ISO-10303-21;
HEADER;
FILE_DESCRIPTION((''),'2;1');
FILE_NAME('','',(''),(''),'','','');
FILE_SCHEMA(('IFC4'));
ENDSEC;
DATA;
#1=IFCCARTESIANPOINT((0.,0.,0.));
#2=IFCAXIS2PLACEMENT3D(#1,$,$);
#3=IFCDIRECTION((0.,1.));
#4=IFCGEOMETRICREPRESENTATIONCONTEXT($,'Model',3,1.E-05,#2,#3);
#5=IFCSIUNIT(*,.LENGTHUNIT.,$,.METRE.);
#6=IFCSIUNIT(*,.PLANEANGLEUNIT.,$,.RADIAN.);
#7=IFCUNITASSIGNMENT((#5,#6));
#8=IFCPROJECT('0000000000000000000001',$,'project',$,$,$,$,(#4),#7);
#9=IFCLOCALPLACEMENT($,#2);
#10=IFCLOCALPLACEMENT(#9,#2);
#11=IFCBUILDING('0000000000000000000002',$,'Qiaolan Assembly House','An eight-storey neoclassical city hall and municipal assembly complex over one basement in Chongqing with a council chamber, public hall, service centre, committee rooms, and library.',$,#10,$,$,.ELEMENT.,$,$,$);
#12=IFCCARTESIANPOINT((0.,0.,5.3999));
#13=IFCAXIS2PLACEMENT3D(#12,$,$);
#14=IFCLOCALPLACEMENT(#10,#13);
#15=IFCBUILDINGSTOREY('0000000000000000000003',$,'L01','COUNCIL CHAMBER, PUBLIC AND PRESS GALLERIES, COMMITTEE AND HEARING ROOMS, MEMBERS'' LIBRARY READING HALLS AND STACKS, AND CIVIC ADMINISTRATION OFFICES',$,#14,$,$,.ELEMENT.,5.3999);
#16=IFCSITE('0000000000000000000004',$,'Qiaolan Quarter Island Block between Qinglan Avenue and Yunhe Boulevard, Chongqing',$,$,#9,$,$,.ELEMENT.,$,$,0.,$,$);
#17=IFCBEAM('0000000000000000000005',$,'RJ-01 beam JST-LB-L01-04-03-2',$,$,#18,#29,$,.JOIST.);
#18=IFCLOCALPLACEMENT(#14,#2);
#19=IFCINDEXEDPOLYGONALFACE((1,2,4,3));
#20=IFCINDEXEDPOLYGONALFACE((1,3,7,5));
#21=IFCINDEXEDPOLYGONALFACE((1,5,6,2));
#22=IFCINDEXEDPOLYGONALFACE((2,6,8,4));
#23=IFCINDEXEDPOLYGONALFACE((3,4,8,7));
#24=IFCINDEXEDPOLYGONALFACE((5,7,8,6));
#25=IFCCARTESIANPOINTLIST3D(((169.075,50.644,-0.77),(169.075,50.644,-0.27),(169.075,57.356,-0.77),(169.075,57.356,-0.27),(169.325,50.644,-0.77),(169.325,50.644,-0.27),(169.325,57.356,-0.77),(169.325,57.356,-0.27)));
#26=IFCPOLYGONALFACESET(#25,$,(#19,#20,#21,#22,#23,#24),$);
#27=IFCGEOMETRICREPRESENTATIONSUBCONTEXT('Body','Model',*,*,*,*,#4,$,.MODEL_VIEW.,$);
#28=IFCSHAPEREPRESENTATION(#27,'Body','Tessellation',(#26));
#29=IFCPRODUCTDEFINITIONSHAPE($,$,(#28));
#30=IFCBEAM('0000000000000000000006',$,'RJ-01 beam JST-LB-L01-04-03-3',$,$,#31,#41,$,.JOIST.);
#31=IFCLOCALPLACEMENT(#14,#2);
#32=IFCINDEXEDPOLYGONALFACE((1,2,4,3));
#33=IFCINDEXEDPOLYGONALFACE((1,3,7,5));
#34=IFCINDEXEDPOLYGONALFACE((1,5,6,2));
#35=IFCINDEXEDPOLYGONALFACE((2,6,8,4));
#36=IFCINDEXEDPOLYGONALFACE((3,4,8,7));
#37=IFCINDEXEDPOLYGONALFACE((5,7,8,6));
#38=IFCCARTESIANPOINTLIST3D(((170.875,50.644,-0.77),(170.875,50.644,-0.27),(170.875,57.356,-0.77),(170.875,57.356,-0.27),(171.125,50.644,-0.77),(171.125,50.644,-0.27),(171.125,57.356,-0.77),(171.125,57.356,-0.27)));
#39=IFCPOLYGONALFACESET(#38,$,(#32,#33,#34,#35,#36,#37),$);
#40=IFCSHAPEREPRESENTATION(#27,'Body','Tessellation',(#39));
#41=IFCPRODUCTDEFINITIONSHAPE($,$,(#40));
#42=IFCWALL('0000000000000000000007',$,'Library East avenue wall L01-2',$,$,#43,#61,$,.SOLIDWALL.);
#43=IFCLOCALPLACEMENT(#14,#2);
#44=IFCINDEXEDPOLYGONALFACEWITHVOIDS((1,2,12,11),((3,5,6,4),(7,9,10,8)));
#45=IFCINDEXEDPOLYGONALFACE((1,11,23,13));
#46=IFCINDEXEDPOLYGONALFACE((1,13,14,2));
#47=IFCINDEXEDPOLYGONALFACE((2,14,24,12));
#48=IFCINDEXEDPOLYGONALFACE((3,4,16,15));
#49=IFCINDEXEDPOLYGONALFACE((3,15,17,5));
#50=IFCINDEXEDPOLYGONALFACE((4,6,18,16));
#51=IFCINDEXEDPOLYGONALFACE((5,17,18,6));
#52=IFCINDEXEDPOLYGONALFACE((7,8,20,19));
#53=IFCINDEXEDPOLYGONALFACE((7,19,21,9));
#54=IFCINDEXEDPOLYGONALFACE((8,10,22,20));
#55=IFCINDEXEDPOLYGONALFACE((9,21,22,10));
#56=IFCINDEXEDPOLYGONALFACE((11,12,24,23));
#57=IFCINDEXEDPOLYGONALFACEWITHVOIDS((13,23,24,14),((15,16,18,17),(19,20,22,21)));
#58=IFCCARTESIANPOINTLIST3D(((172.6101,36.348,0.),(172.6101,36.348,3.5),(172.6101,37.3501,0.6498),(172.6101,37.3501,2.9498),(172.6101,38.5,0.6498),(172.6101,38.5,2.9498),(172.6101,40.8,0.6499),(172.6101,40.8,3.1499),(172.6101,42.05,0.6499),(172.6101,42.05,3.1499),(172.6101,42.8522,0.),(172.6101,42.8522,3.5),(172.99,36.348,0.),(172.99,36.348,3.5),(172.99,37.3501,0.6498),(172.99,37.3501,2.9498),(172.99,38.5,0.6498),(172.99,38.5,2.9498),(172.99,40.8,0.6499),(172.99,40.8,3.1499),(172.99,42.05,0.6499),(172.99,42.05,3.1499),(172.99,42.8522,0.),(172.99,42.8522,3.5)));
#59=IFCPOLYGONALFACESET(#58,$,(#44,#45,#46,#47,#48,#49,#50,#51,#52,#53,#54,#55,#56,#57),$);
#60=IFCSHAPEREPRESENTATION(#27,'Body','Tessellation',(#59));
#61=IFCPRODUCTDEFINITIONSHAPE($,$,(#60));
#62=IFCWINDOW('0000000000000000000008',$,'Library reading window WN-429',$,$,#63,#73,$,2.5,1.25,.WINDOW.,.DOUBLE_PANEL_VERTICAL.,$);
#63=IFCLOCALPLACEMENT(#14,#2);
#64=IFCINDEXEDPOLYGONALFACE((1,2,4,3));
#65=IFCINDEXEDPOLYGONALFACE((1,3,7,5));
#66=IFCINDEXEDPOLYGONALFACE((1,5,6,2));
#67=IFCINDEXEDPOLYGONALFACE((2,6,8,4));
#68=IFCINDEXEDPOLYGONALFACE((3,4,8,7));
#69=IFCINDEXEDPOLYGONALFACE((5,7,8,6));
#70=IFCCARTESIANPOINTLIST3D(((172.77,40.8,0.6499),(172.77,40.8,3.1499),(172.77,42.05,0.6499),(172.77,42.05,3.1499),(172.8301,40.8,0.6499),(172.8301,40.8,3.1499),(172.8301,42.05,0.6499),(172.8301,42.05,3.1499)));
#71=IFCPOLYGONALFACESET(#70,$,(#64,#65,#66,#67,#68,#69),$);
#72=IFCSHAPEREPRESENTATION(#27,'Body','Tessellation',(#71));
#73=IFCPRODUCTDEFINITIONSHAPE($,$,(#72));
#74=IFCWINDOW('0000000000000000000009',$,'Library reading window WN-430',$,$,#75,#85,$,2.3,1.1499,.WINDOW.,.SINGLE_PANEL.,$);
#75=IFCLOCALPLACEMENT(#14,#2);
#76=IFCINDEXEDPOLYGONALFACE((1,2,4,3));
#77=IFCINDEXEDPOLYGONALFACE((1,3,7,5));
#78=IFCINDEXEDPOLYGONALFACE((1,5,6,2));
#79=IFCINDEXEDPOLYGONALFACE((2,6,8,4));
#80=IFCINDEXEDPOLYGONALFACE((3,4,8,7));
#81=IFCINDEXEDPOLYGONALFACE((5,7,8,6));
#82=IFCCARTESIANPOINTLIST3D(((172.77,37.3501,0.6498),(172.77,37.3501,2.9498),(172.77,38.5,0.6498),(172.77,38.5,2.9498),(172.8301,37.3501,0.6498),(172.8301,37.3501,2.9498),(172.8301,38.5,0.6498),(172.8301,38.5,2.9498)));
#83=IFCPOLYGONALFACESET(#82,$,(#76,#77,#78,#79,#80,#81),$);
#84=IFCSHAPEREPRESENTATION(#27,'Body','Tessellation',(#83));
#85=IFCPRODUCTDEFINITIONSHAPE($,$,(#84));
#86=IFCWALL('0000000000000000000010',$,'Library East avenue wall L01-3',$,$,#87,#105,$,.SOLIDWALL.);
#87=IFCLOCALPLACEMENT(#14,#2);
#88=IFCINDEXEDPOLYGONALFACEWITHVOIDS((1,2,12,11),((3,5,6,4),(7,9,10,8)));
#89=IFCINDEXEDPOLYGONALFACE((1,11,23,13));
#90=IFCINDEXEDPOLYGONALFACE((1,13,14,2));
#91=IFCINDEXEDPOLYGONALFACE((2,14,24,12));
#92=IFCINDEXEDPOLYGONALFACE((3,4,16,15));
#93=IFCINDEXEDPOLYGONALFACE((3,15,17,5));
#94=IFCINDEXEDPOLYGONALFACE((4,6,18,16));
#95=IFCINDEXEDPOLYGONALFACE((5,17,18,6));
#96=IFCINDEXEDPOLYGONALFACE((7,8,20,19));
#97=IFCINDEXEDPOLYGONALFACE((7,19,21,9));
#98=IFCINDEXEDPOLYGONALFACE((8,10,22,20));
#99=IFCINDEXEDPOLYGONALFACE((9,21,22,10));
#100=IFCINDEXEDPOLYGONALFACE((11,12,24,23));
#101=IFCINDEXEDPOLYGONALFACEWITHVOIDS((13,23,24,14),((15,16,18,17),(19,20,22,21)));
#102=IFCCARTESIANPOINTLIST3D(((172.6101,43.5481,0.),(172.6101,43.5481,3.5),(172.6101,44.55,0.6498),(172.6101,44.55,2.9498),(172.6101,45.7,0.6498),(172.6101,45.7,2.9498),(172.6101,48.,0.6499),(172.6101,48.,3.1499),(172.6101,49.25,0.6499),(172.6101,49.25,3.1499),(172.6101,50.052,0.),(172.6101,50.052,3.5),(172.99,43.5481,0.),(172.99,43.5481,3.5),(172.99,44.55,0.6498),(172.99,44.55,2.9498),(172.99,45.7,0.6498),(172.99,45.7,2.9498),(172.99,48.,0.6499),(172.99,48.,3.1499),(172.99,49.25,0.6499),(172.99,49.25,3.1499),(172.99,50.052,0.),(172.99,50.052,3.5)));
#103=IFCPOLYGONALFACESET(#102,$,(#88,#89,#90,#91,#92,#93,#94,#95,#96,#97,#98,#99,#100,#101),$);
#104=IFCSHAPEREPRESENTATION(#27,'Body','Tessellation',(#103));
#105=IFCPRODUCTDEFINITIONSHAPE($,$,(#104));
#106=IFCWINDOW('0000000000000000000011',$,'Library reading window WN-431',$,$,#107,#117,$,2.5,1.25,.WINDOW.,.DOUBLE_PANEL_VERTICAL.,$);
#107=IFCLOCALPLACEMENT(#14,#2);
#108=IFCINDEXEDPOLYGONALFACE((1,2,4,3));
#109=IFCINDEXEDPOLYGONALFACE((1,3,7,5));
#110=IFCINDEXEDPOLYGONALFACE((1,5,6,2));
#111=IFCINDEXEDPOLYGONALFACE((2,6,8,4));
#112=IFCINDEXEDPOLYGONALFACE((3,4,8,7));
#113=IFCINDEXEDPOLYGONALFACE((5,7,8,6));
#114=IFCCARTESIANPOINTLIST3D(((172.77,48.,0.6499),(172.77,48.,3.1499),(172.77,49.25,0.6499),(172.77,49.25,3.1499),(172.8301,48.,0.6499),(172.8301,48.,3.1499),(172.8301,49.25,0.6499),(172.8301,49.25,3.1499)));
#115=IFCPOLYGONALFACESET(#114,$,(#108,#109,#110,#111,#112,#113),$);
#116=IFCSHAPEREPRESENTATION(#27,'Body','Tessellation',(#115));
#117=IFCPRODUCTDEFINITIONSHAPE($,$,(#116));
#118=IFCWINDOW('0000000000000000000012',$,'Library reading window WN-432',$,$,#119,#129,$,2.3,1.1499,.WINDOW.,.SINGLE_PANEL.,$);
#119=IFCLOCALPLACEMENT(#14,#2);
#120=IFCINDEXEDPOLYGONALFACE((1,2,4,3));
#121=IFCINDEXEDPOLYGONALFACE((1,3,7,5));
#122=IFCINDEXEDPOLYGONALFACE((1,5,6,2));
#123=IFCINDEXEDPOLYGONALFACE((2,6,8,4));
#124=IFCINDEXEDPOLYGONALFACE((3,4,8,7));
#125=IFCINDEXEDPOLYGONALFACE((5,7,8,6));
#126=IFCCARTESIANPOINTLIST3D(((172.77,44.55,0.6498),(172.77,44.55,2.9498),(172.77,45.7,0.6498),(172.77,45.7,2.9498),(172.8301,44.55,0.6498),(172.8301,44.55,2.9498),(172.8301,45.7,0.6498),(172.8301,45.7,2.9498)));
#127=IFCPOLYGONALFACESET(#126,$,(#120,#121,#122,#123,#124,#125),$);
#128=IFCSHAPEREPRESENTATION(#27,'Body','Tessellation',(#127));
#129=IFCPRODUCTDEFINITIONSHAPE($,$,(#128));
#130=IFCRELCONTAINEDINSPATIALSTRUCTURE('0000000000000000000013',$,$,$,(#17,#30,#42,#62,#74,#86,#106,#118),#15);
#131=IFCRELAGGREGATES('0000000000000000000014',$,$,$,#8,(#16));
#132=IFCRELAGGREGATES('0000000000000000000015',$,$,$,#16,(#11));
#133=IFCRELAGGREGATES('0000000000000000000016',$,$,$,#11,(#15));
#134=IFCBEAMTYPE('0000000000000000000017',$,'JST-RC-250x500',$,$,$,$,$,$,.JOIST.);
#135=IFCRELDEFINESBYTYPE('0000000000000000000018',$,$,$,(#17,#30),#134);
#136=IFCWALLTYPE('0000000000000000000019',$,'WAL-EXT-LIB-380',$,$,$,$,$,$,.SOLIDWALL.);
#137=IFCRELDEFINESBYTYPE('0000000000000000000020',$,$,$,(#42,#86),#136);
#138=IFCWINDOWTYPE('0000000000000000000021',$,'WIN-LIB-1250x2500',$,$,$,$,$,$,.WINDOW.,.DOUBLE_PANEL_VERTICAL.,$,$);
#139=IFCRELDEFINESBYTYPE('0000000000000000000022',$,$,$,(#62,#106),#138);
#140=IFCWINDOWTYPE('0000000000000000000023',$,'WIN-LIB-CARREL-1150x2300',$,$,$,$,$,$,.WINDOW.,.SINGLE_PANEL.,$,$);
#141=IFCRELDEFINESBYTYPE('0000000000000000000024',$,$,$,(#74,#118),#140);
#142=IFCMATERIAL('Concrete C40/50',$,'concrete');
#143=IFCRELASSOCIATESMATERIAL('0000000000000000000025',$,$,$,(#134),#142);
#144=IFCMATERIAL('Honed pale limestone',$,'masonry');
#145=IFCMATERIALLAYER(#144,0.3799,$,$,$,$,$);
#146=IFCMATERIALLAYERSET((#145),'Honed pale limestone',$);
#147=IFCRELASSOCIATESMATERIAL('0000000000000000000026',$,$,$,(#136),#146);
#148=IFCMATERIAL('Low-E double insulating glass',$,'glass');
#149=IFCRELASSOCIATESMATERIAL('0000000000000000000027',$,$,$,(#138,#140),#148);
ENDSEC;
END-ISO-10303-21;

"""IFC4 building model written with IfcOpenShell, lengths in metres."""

from ifc_helpers import new_model, si_unit, direction, frame, frame_2d, origin, origin_2d, place, context, subcontext, project, spatial, rectangle, extrude, material, layer, layer_set, material_profile, profile_set, type_object, element, fill, save


model = new_model("IFC4")

# Units and contexts
model_context = context("Model", 3, precision=1e-05, world=origin(), true_north=direction((0.0, 1.0)))
body_context = subcontext(model_context, "Body", "Model", "MODEL_VIEW")
ifc_project = project(units=[si_unit("LENGTHUNIT", "METRE"), si_unit("PLANEANGLEUNIT", "RADIAN")], contexts=[model_context])

# Site, building, storey
site_placement = place(None, origin())
site = spatial("IfcSite", under=ifc_project, at=site_placement, Name="Qiaolan Quarter Island Block between Qinglan Avenue and Yunhe Boulevard, Chongqing", CompositionType="ELEMENT", RefElevation=0.0)
building_placement = place(site_placement, origin())
building = spatial("IfcBuilding", under=site, at=building_placement, Name="Qiaolan Assembly House", Description="An eight-storey neoclassical city hall and municipal assembly complex over one basement in Chongqing with a council chamber, public hall, service centre, committee rooms, and library.", CompositionType="ELEMENT")
storey_placement = place(building_placement, frame((0.0, 0.0, 5.3999)))
storey = spatial("IfcBuildingStorey", under=building, at=storey_placement, Name="L01", Description="COUNCIL CHAMBER, PUBLIC AND PRESS GALLERIES, COMMITTEE AND HEARING ROOMS, MEMBERS' LIBRARY READING HALLS AND STACKS, AND CIVIC ADMINISTRATION OFFICES", CompositionType="ELEMENT", Elevation=5.3999)

# Shared definitions
ifc_material_1 = material(Name="Concrete C40/50", Category="concrete")

# Beams
ifc_material_profile_1 = material_profile(ifc_material_1, rectangle(XDim=0.25, YDim=0.5, at=origin_2d()), Name="RCB 250x500")
ifc_profile_set_1 = profile_set([ifc_material_profile_1], Name="Concrete C40/50")
beam_type_1 = type_object("IfcBeamType", Name="JST-RC-250x500", PredefinedType="JOIST", material=ifc_profile_set_1)
for number, where, z_axis, x_axis, name in (
    (1, (169.2, 50.644, -0.52), (0.0, 1.0, 0.0), (-1.0, 0.0, 0.0), "RJ-01 beam JST-LB-L01-04-03-2"),
    (2, (171.0, 50.644, -0.52), (0.0, 1.0, 0.0), (-1.0, 0.0, 0.0), "RJ-01 beam JST-LB-L01-04-03-3"),
):
    element("IfcBeam", number, at=place(storey_placement, frame(where, z_axis=z_axis, x_axis=x_axis)), inside=storey, type_object=beam_type_1, Name=name, PredefinedType="JOIST", context=body_context, shape_type="SweptSolid", body=[
        extrude(rectangle(XDim=0.25, YDim=0.5, at=origin_2d()), origin(), (0.0, 0.0, 1.0), 6.7119),
    ])

# Walls, openings, windows
ifc_material_2 = material(Name="Honed pale limestone", Category="masonry")
ifc_layer = layer(ifc_material_2, 0.3799)
ifc_layer_set = layer_set([ifc_layer], Name="Honed pale limestone")
wall_type = type_object("IfcWallType", Name="WAL-EXT-LIB-380", PredefinedType="SOLIDWALL", material=ifc_layer_set)
wall_1_placement = place(storey_placement, frame((172.8, 42.8521, 0.0), z_axis=(0.0, 0.0, 1.0), x_axis=(0.0, -1.0, 0.0)))
wall_1 = element("IfcWall", 3, at=wall_1_placement, inside=storey, type_object=wall_type, Name="Library East avenue wall L01-2", PredefinedType="SOLIDWALL", context=body_context, shape_type="SweptSolid", body=[
    extrude(rectangle(XDim=6.5042, YDim=0.3799, at=frame_2d((3.252, 0.0))), origin(), (0.0, 0.0, 1.0), 3.5),
])
opening_1_placement = place(wall_1_placement, frame((0.802, 0.0, 0.6499)))
opening_1 = element("IfcOpeningElement", 4, at=opening_1_placement, cuts=wall_1, PredefinedType="OPENING", context=body_context, shape_type="SweptSolid", body=[
    extrude(rectangle(XDim=1.25, YDim=2.5, at=frame_2d((0.625, 1.25))), frame((0.0, 0.2, 0.0), z_axis=(0.0, -1.0, 0.0), x_axis=(1.0, 0.0, 0.0)), (0.0, 0.0, 1.0), 0.3999),
])
opening_2_placement = place(wall_1_placement, frame((4.3521, 0.0, 0.6499)))
opening_2 = element("IfcOpeningElement", 5, at=opening_2_placement, cuts=wall_1, PredefinedType="OPENING", context=body_context, shape_type="SweptSolid", body=[
    extrude(rectangle(XDim=1.1499, YDim=2.3, at=frame_2d((0.575, 1.1499))), frame((0.0, 0.2, 0.0), z_axis=(0.0, -1.0, 0.0), x_axis=(1.0, 0.0, 0.0)), (0.0, 0.0, 1.0), 0.3999),
])
ifc_material_3 = material(Name="Low-E double insulating glass", Category="glass")
window_type_1 = type_object("IfcWindowType", Name="WIN-LIB-1250x2500", PartitioningType="DOUBLE_PANEL_VERTICAL", PredefinedType="WINDOW", material=ifc_material_3)
window_1_placement = place(opening_1_placement, origin())
window_1 = element("IfcWindow", 6, at=window_1_placement, inside=storey, type_object=window_type_1, Name="Library reading window WN-429", OverallHeight=2.5, OverallWidth=1.25, PartitioningType="DOUBLE_PANEL_VERTICAL", PredefinedType="WINDOW", context=body_context, shape_type="SweptSolid", body=[
    extrude(rectangle(XDim=1.25, YDim=2.5, at=frame_2d((0.625, 1.25))), frame((0.0, 0.03, 0.0), z_axis=(0.0, -1.0, 0.0), x_axis=(1.0, 0.0, 0.0)), (0.0, 0.0, 1.0), 0.0601),
])
fill(opening_1, window_1)
window_type_2 = type_object("IfcWindowType", Name="WIN-LIB-CARREL-1150x2300", PartitioningType="SINGLE_PANEL", PredefinedType="WINDOW", material=ifc_material_3)
window_2_placement = place(opening_2_placement, origin())
window_2 = element("IfcWindow", 7, at=window_2_placement, inside=storey, type_object=window_type_2, Name="Library reading window WN-430", OverallHeight=2.3, OverallWidth=1.1499, PartitioningType="SINGLE_PANEL", PredefinedType="WINDOW", context=body_context, shape_type="SweptSolid", body=[
    extrude(rectangle(XDim=1.1499, YDim=2.3, at=frame_2d((0.575, 1.1499))), frame((0.0, 0.03, 0.0), z_axis=(0.0, -1.0, 0.0), x_axis=(1.0, 0.0, 0.0)), (0.0, 0.0, 1.0), 0.0601),
])
fill(opening_2, window_2)
wall_2_placement = place(storey_placement, frame((172.8, 50.052, 0.0), z_axis=(0.0, 0.0, 1.0), x_axis=(0.0, -1.0, 0.0)))
wall_2 = element("IfcWall", 8, at=wall_2_placement, inside=storey, type_object=wall_type, Name="Library East avenue wall L01-3", PredefinedType="SOLIDWALL", context=body_context, shape_type="SweptSolid", body=[
    extrude(rectangle(XDim=6.5039, YDim=0.3799, at=frame_2d((3.252, 0.0))), origin(), (0.0, 0.0, 1.0), 3.5),
])
opening_3_placement = place(wall_2_placement, frame((0.802, 0.0, 0.6499)))
opening_3 = element("IfcOpeningElement", 9, at=opening_3_placement, cuts=wall_2, PredefinedType="OPENING", context=body_context, shape_type="SweptSolid", body=[
    extrude(rectangle(XDim=1.25, YDim=2.5, at=frame_2d((0.625, 1.25))), frame((0.0, 0.2, 0.0), z_axis=(0.0, -1.0, 0.0), x_axis=(1.0, 0.0, 0.0)), (0.0, 0.0, 1.0), 0.3999),
])
opening_4_placement = place(wall_2_placement, frame((4.3521, 0.0, 0.6499)))
opening_4 = element("IfcOpeningElement", 10, at=opening_4_placement, cuts=wall_2, PredefinedType="OPENING", context=body_context, shape_type="SweptSolid", body=[
    extrude(rectangle(XDim=1.1499, YDim=2.3, at=frame_2d((0.575, 1.1499))), frame((0.0, 0.2, 0.0), z_axis=(0.0, -1.0, 0.0), x_axis=(1.0, 0.0, 0.0)), (0.0, 0.0, 1.0), 0.3999),
])
window_3_placement = place(opening_3_placement, origin())
window_3 = element("IfcWindow", 11, at=window_3_placement, inside=storey, type_object=window_type_1, Name="Library reading window WN-431", OverallHeight=2.5, OverallWidth=1.25, PartitioningType="DOUBLE_PANEL_VERTICAL", PredefinedType="WINDOW", context=body_context, shape_type="SweptSolid", body=[
    extrude(rectangle(XDim=1.25, YDim=2.5, at=frame_2d((0.625, 1.25))), frame((0.0, 0.03, 0.0), z_axis=(0.0, -1.0, 0.0), x_axis=(1.0, 0.0, 0.0)), (0.0, 0.0, 1.0), 0.0601),
])
fill(opening_3, window_3)
window_4_placement = place(opening_4_placement, origin())
window_4 = element("IfcWindow", 12, at=window_4_placement, inside=storey, type_object=window_type_2, Name="Library reading window WN-432", OverallHeight=2.3, OverallWidth=1.1499, PartitioningType="SINGLE_PANEL", PredefinedType="WINDOW", context=body_context, shape_type="SweptSolid", body=[
    extrude(rectangle(XDim=1.1499, YDim=2.3, at=frame_2d((0.575, 1.1499))), frame((0.0, 0.03, 0.0), z_axis=(0.0, -1.0, 0.0), x_axis=(1.0, 0.0, 0.0)), (0.0, 0.0, 1.0), 0.0601),
])
fill(opening_4, window_4)

save(model, "model.ifc")
